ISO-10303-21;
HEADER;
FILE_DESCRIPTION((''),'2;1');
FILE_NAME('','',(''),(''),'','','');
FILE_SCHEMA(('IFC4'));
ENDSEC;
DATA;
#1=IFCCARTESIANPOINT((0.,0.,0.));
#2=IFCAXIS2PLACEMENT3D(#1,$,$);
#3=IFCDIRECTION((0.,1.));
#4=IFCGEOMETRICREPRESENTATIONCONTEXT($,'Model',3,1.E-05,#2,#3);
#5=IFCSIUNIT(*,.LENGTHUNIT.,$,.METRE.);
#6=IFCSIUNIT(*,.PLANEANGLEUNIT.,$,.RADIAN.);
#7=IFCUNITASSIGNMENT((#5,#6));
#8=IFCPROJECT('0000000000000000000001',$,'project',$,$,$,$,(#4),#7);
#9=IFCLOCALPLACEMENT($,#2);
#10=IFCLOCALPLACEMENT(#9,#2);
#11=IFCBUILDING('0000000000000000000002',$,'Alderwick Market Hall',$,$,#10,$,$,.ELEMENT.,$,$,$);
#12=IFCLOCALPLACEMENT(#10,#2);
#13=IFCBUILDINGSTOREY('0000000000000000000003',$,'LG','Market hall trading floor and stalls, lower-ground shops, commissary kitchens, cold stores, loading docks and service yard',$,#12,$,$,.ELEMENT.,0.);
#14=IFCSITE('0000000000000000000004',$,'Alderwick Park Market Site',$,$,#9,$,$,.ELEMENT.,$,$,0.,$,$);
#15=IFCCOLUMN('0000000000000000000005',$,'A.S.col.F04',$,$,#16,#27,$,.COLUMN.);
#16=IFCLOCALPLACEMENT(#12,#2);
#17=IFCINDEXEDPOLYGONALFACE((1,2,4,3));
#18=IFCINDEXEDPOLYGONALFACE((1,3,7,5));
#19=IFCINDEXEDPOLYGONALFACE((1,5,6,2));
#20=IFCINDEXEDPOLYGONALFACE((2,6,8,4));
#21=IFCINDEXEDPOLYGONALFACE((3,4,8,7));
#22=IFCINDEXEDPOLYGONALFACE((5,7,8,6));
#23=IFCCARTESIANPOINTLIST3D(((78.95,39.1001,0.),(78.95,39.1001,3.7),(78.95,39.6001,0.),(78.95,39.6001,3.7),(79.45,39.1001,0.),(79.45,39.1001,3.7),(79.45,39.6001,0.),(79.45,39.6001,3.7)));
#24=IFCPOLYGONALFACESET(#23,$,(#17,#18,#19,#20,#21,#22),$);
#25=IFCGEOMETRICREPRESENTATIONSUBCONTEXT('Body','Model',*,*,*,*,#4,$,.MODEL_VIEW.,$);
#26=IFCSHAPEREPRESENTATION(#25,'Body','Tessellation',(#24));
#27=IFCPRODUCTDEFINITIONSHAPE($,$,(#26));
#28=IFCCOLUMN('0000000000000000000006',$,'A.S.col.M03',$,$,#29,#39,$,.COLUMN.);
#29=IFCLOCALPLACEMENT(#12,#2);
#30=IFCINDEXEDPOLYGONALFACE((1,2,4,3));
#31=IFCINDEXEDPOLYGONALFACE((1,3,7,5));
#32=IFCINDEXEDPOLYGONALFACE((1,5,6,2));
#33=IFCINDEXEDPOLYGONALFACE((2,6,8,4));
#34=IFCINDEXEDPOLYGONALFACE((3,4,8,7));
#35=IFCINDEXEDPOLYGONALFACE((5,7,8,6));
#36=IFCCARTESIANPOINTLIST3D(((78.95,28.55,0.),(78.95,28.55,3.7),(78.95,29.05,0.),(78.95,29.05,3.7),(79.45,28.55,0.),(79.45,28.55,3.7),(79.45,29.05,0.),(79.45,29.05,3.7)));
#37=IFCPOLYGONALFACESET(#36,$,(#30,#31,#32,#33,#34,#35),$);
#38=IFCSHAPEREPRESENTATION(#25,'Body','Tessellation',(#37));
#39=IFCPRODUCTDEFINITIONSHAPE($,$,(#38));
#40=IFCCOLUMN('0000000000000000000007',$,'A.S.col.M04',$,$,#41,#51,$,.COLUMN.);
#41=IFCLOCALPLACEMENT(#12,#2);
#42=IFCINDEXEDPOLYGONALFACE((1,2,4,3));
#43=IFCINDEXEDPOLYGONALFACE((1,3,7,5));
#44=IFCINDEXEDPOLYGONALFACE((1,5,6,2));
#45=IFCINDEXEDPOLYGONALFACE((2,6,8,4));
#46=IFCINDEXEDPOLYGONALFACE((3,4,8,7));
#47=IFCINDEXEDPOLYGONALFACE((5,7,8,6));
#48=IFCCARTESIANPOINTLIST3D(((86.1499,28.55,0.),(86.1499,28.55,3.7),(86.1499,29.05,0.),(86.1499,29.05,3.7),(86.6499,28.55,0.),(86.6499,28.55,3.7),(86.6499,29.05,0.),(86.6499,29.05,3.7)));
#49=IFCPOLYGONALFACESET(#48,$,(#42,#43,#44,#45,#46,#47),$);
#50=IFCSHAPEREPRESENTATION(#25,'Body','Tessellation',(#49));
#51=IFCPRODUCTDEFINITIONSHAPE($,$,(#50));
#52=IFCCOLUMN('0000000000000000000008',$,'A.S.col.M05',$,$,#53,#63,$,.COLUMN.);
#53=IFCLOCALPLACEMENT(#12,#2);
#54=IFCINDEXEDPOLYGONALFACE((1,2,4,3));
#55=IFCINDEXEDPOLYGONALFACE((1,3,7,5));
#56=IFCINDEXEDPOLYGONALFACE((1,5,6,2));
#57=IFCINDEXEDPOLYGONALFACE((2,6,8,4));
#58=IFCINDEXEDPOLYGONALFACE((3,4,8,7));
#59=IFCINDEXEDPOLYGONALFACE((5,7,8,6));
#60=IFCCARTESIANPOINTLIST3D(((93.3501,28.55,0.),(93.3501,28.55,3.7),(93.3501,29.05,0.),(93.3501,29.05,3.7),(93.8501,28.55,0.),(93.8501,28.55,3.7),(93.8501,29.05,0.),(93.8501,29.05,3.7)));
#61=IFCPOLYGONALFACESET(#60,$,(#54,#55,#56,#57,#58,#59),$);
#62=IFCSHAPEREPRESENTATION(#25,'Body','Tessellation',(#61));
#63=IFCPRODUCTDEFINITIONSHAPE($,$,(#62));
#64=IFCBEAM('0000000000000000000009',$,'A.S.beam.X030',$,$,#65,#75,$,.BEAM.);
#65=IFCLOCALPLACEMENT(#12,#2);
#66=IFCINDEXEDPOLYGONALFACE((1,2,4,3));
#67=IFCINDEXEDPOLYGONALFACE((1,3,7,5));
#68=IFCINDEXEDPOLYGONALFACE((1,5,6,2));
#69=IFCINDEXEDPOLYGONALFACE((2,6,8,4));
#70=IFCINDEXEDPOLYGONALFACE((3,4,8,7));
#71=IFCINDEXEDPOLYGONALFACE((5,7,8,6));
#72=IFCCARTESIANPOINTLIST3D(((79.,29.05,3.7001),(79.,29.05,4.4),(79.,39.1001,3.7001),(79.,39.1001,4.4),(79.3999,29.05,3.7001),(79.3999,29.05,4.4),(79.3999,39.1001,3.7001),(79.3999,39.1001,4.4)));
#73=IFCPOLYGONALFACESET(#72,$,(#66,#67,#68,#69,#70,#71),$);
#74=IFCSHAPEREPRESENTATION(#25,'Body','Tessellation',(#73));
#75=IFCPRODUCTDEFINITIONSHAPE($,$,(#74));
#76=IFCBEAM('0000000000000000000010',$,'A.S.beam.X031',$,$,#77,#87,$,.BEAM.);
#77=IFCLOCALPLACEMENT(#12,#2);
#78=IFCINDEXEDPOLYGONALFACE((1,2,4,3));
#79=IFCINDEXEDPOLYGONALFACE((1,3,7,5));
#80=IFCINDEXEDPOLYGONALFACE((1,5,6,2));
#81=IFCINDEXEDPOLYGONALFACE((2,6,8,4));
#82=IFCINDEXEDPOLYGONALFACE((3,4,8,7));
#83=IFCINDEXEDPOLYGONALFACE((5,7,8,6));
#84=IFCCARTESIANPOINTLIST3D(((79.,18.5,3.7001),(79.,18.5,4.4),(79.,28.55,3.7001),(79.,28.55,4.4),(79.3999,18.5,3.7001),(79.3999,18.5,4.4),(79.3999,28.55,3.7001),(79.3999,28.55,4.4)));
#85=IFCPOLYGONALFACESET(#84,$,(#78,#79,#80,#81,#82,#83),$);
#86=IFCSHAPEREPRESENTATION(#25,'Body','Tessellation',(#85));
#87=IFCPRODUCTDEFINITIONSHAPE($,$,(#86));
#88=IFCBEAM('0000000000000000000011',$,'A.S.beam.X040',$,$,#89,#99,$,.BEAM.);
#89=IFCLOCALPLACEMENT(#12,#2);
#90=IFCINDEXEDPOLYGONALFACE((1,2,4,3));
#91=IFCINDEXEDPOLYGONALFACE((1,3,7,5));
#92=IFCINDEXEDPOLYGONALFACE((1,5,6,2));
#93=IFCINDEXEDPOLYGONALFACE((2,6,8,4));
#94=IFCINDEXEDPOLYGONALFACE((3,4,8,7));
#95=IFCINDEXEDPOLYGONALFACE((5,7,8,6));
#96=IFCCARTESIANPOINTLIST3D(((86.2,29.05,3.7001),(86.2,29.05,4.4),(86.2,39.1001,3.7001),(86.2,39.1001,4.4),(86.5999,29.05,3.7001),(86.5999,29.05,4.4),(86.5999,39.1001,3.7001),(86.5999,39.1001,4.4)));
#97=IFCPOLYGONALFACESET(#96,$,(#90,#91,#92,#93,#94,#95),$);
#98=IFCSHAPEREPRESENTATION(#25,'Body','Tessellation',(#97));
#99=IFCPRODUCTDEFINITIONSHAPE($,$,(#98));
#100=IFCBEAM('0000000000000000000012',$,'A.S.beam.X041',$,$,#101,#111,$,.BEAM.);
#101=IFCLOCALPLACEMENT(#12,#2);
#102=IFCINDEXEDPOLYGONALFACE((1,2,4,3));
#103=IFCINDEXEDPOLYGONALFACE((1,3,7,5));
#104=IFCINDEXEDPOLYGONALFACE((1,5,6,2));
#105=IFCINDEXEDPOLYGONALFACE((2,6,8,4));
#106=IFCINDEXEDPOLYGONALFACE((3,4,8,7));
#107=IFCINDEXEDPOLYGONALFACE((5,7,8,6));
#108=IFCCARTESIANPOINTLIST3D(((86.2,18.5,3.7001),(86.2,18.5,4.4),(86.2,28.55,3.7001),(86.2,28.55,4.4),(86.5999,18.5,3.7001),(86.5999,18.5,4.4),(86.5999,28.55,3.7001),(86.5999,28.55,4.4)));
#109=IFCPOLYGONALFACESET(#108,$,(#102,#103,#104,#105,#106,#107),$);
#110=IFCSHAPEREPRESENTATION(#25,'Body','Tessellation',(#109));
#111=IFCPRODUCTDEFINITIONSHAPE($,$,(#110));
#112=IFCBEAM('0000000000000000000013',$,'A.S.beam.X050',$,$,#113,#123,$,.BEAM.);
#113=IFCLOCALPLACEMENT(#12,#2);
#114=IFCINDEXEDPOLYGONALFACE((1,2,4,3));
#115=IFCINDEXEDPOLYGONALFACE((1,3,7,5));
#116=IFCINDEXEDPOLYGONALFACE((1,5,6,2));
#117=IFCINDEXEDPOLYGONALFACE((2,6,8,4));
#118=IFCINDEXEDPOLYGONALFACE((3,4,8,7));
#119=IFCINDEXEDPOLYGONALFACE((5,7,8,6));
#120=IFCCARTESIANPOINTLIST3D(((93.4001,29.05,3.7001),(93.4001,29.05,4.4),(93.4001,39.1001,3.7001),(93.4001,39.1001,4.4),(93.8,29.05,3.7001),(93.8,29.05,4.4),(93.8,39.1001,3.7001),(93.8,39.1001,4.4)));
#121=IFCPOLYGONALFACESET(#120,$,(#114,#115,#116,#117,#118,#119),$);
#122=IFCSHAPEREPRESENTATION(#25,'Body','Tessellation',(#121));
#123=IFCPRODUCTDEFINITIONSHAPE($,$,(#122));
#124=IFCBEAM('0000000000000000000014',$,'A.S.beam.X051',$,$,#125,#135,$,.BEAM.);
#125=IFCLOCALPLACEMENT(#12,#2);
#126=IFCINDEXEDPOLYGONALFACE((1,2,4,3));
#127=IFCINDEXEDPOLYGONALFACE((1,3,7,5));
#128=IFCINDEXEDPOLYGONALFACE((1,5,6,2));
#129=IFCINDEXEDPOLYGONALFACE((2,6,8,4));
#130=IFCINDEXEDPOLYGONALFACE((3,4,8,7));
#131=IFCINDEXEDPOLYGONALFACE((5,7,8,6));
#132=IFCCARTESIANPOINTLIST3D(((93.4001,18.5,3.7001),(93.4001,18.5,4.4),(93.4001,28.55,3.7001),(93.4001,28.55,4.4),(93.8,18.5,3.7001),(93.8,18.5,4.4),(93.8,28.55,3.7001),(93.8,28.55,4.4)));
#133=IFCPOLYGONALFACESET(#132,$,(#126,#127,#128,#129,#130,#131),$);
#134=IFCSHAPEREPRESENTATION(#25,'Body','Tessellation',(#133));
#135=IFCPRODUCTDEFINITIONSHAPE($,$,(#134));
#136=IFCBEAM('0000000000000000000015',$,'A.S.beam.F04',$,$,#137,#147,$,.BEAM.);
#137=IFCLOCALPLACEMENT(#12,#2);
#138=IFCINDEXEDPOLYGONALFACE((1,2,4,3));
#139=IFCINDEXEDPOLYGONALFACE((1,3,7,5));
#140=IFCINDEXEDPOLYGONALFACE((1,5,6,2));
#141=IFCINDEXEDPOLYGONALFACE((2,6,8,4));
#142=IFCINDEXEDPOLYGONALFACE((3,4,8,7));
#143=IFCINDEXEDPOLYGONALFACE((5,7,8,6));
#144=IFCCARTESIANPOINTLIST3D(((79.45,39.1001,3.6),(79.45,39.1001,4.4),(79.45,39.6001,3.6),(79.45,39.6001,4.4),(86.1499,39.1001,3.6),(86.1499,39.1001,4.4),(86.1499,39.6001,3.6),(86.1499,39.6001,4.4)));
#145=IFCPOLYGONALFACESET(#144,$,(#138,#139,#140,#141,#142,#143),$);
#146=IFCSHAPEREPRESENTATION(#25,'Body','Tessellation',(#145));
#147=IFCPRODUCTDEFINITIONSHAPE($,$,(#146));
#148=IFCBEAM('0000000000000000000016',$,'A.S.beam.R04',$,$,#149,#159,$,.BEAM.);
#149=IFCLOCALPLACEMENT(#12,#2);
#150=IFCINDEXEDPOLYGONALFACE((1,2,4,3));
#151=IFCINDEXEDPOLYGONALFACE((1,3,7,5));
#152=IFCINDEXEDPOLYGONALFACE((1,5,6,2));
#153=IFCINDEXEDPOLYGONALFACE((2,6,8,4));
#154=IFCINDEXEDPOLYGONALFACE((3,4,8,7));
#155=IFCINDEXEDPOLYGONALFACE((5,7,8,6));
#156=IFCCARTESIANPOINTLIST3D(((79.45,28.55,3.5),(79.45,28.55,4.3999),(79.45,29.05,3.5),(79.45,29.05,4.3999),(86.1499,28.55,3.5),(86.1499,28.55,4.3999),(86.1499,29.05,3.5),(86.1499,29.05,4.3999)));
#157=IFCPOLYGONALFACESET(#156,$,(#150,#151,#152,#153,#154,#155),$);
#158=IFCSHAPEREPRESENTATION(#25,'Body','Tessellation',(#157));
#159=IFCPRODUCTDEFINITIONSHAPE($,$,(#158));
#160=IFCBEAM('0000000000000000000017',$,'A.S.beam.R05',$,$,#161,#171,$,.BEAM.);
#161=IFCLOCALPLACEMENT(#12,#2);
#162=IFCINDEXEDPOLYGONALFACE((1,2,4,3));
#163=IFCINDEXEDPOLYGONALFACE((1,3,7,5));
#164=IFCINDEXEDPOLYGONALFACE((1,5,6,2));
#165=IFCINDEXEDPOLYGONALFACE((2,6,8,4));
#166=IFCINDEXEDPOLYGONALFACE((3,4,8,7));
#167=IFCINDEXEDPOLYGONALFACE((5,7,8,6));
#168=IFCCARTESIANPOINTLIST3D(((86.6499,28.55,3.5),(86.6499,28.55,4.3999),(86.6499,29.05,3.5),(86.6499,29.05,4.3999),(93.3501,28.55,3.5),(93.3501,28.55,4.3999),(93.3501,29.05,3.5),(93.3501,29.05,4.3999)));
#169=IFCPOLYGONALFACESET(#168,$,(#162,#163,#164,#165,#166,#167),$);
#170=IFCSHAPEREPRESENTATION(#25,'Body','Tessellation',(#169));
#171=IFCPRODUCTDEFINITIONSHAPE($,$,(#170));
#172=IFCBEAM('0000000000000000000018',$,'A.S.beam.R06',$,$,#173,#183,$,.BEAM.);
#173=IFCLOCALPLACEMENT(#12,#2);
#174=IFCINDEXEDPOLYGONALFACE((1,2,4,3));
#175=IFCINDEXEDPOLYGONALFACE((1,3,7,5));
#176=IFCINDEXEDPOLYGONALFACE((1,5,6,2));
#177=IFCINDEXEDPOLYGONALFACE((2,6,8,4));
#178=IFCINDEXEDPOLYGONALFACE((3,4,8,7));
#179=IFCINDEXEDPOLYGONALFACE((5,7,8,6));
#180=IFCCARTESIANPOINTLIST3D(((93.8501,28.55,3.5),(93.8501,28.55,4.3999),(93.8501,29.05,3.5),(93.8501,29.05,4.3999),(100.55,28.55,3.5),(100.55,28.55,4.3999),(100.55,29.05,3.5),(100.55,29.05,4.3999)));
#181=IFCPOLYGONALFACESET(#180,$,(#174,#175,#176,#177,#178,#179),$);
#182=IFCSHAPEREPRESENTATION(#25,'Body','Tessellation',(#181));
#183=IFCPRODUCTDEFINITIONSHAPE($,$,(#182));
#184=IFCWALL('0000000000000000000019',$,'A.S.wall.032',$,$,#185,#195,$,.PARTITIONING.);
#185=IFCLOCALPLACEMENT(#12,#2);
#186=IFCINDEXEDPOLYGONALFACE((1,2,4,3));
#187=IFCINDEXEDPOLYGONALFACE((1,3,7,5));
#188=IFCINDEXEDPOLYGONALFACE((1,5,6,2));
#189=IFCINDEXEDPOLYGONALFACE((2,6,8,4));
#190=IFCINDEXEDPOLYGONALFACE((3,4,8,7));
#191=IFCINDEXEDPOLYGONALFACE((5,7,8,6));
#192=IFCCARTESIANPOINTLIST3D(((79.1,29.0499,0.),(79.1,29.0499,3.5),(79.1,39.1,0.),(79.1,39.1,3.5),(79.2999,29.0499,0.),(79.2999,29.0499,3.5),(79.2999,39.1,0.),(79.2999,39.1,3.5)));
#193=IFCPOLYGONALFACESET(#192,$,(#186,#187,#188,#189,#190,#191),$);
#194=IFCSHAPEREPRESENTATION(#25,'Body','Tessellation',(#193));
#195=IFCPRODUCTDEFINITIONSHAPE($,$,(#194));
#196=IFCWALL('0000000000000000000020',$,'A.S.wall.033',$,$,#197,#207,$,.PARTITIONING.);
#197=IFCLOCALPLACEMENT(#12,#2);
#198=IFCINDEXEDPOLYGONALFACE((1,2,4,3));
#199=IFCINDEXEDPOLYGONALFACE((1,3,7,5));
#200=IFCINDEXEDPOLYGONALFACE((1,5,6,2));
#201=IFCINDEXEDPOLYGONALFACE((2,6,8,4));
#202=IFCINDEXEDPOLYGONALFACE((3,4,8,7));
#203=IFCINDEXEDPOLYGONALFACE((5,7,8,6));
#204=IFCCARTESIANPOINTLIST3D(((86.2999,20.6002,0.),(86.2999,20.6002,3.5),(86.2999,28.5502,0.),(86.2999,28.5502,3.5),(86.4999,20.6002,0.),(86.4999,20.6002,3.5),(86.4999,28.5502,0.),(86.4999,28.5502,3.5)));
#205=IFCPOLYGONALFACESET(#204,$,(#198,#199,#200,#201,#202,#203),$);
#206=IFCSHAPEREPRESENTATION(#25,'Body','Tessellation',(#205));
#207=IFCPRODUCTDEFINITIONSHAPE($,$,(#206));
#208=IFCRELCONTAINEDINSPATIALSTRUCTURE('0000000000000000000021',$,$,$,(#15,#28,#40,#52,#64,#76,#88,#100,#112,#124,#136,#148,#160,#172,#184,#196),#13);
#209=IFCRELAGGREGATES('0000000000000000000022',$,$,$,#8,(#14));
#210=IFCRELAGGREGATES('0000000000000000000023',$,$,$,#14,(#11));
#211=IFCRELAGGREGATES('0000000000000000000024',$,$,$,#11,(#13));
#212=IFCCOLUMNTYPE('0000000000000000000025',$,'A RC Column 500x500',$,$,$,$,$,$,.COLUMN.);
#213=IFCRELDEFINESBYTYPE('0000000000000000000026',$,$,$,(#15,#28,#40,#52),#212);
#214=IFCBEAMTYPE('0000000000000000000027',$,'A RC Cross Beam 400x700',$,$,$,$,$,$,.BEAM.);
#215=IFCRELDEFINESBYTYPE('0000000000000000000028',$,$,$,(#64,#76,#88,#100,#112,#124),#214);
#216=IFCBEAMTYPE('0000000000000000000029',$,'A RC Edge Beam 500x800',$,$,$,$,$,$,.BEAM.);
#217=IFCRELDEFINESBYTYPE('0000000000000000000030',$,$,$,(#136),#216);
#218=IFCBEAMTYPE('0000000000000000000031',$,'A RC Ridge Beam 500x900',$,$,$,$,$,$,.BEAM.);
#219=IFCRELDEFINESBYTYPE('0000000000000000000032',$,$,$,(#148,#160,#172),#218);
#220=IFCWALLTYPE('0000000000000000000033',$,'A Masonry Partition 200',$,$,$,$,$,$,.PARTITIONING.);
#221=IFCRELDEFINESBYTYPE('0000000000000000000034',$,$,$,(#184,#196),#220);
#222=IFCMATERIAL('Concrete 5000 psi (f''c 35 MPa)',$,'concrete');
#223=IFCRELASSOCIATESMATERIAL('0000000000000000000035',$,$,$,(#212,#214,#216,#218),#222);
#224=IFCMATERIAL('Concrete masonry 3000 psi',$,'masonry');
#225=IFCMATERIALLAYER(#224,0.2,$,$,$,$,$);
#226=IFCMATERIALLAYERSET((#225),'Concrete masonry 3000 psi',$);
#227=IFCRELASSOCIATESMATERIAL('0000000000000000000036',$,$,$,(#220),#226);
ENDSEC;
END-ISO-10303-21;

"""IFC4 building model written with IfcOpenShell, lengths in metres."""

from ifc_helpers import new_model, si_unit, direction, frame, frame_2d, origin, origin_2d, place, context, subcontext, project, spatial, rectangle, extrude, material, layer, layer_set, material_profile, profile_set, type_object, element, save


model = new_model("IFC4")

# Units and contexts
model_context = context("Model", 3, precision=1e-05, world=origin(), true_north=direction((0.0, 1.0)))
body_context = subcontext(model_context, "Body", "Model", "MODEL_VIEW")
ifc_project = project(units=[si_unit("LENGTHUNIT", "METRE"), si_unit("PLANEANGLEUNIT", "RADIAN")], contexts=[model_context])

# Site, building, storey
site_placement = place(None, origin())
site = spatial("IfcSite", under=ifc_project, at=site_placement, Name="Alderwick Park Market Site", CompositionType="ELEMENT", RefElevation=0.0)
building_placement = place(site_placement, origin())
building = spatial("IfcBuilding", under=site, at=building_placement, Name="Alderwick Market Hall", CompositionType="ELEMENT")
storey_placement = place(building_placement, origin())
storey = spatial("IfcBuildingStorey", under=building, at=storey_placement, Name="LG", Description="Market hall trading floor and stalls, lower-ground shops, commissary kitchens, cold stores, loading docks and service yard", CompositionType="ELEMENT", Elevation=0.0)

# Columns
ifc_material_1 = material(Name="Concrete 5000 psi (f'c 35 MPa)", Category="concrete")
ifc_material_profile_1 = material_profile(ifc_material_1, rectangle(XDim=0.5, YDim=0.5, at=origin_2d()), Name="A RC Column 500x500")
ifc_profile_set_1 = profile_set([ifc_material_profile_1], Name="Concrete 5000 psi (f'c 35 MPa)")
column_type = type_object("IfcColumnType", Name="A RC Column 500x500", PredefinedType="COLUMN", material=ifc_profile_set_1)
for number, where, z_axis, x_axis, name in (
    (1, (79.2, 39.3501, 0.0), (0.0, 0.0, 1.0), (1.0, 0.0, 0.0), "A.S.col.F04"),
    (2, (79.2, 28.8, 0.0), (0.0, 0.0, 1.0), (1.0, 0.0, 0.0), "A.S.col.M03"),
    (3, (86.3999, 28.8, 0.0), (0.0, 0.0, 1.0), (1.0, 0.0, 0.0), "A.S.col.M04"),
    (4, (93.6001, 28.8, 0.0), (0.0, 0.0, 1.0), (1.0, 0.0, 0.0), "A.S.col.M05"),
):
    element("IfcColumn", number, at=place(storey_placement, frame(where, z_axis=z_axis, x_axis=x_axis)), inside=storey, type_object=column_type, Name=name, PredefinedType="COLUMN", context=body_context, shape_type="SweptSolid", body=[
        extrude(rectangle(XDim=0.5, YDim=0.5, at=origin_2d()), origin(), (0.0, 0.0, 1.0), 3.7),
    ])

# Beams
ifc_material_profile_2 = material_profile(ifc_material_1, rectangle(XDim=0.3999, YDim=0.7, at=origin_2d()), Name="A RC Cross Beam 400x700")
ifc_profile_set_2 = profile_set([ifc_material_profile_2], Name="Concrete 5000 psi (f'c 35 MPa)")
beam_type_1 = type_object("IfcBeamType", Name="A RC Cross Beam 400x700", PredefinedType="BEAM", material=ifc_profile_set_2)
for number, where, z_axis, x_axis, name in (
    (5, (79.2, 39.1001, 4.05), (0.0, -1.0, 0.0), (1.0, 0.0, 0.0), "A.S.beam.X030"),
    (6, (79.2, 28.55, 4.05), (0.0, -1.0, 0.0), (1.0, 0.0, 0.0), "A.S.beam.X031"),
    (7, (86.3999, 39.1001, 4.05), (0.0, -1.0, 0.0), (1.0, 0.0, 0.0), "A.S.beam.X040"),
    (8, (86.3999, 28.55, 4.05), (0.0, -1.0, 0.0), (1.0, 0.0, 0.0), "A.S.beam.X041"),
    (9, (93.6001, 39.1001, 4.05), (0.0, -1.0, 0.0), (1.0, 0.0, 0.0), "A.S.beam.X050"),
    (10, (93.6001, 28.55, 4.05), (0.0, -1.0, 0.0), (1.0, 0.0, 0.0), "A.S.beam.X051"),
):
    element("IfcBeam", number, at=place(storey_placement, frame(where, z_axis=z_axis, x_axis=x_axis)), inside=storey, type_object=beam_type_1, Name=name, PredefinedType="BEAM", context=body_context, shape_type="SweptSolid", body=[
        extrude(rectangle(XDim=0.3999, YDim=0.7, at=origin_2d()), origin(), (0.0, 0.0, 1.0), 10.05),
    ])
ifc_material_profile_3 = material_profile(ifc_material_1, rectangle(XDim=0.5, YDim=0.8, at=origin_2d()), Name="A RC Edge Beam 500x800")
ifc_profile_set_3 = profile_set([ifc_material_profile_3], Name="Concrete 5000 psi (f'c 35 MPa)")
beam_type_2 = type_object("IfcBeamType", Name="A RC Edge Beam 500x800", PredefinedType="BEAM", material=ifc_profile_set_3)
beam_1_placement = place(storey_placement, frame((79.45, 39.3501, 4.0), z_axis=(1.0, 0.0, 0.0), x_axis=(0.0, 1.0, 0.0)))
element("IfcBeam", 11, at=beam_1_placement, inside=storey, type_object=beam_type_2, Name="A.S.beam.F04", PredefinedType="BEAM", context=body_context, shape_type="SweptSolid", body=[
    extrude(rectangle(XDim=0.5, YDim=0.8, at=origin_2d()), origin(), (0.0, 0.0, 1.0), 6.7),
])
ifc_material_profile_4 = material_profile(ifc_material_1, rectangle(XDim=0.5, YDim=0.8999, at=origin_2d()), Name="A RC Ridge Beam 500x900")
ifc_profile_set_4 = profile_set([ifc_material_profile_4], Name="Concrete 5000 psi (f'c 35 MPa)")
beam_type_3 = type_object("IfcBeamType", Name="A RC Ridge Beam 500x900", PredefinedType="BEAM", material=ifc_profile_set_4)
beam_2_placement = place(storey_placement, frame((79.45, 28.8, 3.95), z_axis=(1.0, 0.0, 0.0), x_axis=(0.0, 1.0, 0.0)))
element("IfcBeam", 12, at=beam_2_placement, inside=storey, type_object=beam_type_3, Name="A.S.beam.R04", PredefinedType="BEAM", context=body_context, shape_type="SweptSolid", body=[
    extrude(rectangle(XDim=0.5, YDim=0.8999, at=origin_2d()), origin(), (0.0, 0.0, 1.0), 6.7),
])
beam_3_placement = place(storey_placement, frame((86.6499, 28.8, 3.95), z_axis=(1.0, 0.0, 0.0), x_axis=(0.0, 1.0, 0.0)))
element("IfcBeam", 13, at=beam_3_placement, inside=storey, type_object=beam_type_3, Name="A.S.beam.R05", PredefinedType="BEAM", context=body_context, shape_type="SweptSolid", body=[
    extrude(rectangle(XDim=0.5, YDim=0.8999, at=origin_2d()), origin(), (0.0, 0.0, 1.0), 6.7002),
])
beam_4_placement = place(storey_placement, frame((93.8501, 28.8, 3.95), z_axis=(1.0, 0.0, 0.0), x_axis=(0.0, 1.0, 0.0)))
element("IfcBeam", 14, at=beam_4_placement, inside=storey, type_object=beam_type_3, Name="A.S.beam.R06", PredefinedType="BEAM", context=body_context, shape_type="SweptSolid", body=[
    extrude(rectangle(XDim=0.5, YDim=0.8999, at=origin_2d()), origin(), (0.0, 0.0, 1.0), 6.7),
])

# Walls
ifc_material_2 = material(Name="Concrete masonry 3000 psi", Category="masonry")
ifc_layer_1 = layer(ifc_material_2, 0.2)
ifc_layer_set_1 = layer_set([ifc_layer_1], Name="Concrete masonry 3000 psi")
wall_type_1 = type_object("IfcWallType", Name="A Masonry Partition 200", PredefinedType="PARTITIONING", material=ifc_layer_set_1)
wall_1_placement = place(storey_placement, frame((79.2, 29.05, 0.0), z_axis=(0.0, 0.0, 1.0), x_axis=(0.0, 1.0, 0.0)))
element("IfcWall", 15, at=wall_1_placement, inside=storey, type_object=wall_type_1, Name="A.S.wall.032", PredefinedType="PARTITIONING", context=body_context, shape_type="SweptSolid", body=[
    extrude(rectangle(XDim=10.05, YDim=0.2, at=frame_2d((5.0249, 0.0))), origin(), (0.0, 0.0, 1.0), 3.5),
])
wall_2_placement = place(storey_placement, frame((86.3999, 20.6001, 0.0), z_axis=(0.0, 0.0, 1.0), x_axis=(0.0, 1.0, 0.0)))
element("IfcWall", 16, at=wall_2_placement, inside=storey, type_object=wall_type_1, Name="A.S.wall.033", PredefinedType="PARTITIONING", context=body_context, shape_type="SweptSolid", body=[
    extrude(rectangle(XDim=7.95, YDim=0.2, at=frame_2d((3.9751, 0.0))), origin(), (0.0, 0.0, 1.0), 3.5),
])

save(model, "model.ifc")
